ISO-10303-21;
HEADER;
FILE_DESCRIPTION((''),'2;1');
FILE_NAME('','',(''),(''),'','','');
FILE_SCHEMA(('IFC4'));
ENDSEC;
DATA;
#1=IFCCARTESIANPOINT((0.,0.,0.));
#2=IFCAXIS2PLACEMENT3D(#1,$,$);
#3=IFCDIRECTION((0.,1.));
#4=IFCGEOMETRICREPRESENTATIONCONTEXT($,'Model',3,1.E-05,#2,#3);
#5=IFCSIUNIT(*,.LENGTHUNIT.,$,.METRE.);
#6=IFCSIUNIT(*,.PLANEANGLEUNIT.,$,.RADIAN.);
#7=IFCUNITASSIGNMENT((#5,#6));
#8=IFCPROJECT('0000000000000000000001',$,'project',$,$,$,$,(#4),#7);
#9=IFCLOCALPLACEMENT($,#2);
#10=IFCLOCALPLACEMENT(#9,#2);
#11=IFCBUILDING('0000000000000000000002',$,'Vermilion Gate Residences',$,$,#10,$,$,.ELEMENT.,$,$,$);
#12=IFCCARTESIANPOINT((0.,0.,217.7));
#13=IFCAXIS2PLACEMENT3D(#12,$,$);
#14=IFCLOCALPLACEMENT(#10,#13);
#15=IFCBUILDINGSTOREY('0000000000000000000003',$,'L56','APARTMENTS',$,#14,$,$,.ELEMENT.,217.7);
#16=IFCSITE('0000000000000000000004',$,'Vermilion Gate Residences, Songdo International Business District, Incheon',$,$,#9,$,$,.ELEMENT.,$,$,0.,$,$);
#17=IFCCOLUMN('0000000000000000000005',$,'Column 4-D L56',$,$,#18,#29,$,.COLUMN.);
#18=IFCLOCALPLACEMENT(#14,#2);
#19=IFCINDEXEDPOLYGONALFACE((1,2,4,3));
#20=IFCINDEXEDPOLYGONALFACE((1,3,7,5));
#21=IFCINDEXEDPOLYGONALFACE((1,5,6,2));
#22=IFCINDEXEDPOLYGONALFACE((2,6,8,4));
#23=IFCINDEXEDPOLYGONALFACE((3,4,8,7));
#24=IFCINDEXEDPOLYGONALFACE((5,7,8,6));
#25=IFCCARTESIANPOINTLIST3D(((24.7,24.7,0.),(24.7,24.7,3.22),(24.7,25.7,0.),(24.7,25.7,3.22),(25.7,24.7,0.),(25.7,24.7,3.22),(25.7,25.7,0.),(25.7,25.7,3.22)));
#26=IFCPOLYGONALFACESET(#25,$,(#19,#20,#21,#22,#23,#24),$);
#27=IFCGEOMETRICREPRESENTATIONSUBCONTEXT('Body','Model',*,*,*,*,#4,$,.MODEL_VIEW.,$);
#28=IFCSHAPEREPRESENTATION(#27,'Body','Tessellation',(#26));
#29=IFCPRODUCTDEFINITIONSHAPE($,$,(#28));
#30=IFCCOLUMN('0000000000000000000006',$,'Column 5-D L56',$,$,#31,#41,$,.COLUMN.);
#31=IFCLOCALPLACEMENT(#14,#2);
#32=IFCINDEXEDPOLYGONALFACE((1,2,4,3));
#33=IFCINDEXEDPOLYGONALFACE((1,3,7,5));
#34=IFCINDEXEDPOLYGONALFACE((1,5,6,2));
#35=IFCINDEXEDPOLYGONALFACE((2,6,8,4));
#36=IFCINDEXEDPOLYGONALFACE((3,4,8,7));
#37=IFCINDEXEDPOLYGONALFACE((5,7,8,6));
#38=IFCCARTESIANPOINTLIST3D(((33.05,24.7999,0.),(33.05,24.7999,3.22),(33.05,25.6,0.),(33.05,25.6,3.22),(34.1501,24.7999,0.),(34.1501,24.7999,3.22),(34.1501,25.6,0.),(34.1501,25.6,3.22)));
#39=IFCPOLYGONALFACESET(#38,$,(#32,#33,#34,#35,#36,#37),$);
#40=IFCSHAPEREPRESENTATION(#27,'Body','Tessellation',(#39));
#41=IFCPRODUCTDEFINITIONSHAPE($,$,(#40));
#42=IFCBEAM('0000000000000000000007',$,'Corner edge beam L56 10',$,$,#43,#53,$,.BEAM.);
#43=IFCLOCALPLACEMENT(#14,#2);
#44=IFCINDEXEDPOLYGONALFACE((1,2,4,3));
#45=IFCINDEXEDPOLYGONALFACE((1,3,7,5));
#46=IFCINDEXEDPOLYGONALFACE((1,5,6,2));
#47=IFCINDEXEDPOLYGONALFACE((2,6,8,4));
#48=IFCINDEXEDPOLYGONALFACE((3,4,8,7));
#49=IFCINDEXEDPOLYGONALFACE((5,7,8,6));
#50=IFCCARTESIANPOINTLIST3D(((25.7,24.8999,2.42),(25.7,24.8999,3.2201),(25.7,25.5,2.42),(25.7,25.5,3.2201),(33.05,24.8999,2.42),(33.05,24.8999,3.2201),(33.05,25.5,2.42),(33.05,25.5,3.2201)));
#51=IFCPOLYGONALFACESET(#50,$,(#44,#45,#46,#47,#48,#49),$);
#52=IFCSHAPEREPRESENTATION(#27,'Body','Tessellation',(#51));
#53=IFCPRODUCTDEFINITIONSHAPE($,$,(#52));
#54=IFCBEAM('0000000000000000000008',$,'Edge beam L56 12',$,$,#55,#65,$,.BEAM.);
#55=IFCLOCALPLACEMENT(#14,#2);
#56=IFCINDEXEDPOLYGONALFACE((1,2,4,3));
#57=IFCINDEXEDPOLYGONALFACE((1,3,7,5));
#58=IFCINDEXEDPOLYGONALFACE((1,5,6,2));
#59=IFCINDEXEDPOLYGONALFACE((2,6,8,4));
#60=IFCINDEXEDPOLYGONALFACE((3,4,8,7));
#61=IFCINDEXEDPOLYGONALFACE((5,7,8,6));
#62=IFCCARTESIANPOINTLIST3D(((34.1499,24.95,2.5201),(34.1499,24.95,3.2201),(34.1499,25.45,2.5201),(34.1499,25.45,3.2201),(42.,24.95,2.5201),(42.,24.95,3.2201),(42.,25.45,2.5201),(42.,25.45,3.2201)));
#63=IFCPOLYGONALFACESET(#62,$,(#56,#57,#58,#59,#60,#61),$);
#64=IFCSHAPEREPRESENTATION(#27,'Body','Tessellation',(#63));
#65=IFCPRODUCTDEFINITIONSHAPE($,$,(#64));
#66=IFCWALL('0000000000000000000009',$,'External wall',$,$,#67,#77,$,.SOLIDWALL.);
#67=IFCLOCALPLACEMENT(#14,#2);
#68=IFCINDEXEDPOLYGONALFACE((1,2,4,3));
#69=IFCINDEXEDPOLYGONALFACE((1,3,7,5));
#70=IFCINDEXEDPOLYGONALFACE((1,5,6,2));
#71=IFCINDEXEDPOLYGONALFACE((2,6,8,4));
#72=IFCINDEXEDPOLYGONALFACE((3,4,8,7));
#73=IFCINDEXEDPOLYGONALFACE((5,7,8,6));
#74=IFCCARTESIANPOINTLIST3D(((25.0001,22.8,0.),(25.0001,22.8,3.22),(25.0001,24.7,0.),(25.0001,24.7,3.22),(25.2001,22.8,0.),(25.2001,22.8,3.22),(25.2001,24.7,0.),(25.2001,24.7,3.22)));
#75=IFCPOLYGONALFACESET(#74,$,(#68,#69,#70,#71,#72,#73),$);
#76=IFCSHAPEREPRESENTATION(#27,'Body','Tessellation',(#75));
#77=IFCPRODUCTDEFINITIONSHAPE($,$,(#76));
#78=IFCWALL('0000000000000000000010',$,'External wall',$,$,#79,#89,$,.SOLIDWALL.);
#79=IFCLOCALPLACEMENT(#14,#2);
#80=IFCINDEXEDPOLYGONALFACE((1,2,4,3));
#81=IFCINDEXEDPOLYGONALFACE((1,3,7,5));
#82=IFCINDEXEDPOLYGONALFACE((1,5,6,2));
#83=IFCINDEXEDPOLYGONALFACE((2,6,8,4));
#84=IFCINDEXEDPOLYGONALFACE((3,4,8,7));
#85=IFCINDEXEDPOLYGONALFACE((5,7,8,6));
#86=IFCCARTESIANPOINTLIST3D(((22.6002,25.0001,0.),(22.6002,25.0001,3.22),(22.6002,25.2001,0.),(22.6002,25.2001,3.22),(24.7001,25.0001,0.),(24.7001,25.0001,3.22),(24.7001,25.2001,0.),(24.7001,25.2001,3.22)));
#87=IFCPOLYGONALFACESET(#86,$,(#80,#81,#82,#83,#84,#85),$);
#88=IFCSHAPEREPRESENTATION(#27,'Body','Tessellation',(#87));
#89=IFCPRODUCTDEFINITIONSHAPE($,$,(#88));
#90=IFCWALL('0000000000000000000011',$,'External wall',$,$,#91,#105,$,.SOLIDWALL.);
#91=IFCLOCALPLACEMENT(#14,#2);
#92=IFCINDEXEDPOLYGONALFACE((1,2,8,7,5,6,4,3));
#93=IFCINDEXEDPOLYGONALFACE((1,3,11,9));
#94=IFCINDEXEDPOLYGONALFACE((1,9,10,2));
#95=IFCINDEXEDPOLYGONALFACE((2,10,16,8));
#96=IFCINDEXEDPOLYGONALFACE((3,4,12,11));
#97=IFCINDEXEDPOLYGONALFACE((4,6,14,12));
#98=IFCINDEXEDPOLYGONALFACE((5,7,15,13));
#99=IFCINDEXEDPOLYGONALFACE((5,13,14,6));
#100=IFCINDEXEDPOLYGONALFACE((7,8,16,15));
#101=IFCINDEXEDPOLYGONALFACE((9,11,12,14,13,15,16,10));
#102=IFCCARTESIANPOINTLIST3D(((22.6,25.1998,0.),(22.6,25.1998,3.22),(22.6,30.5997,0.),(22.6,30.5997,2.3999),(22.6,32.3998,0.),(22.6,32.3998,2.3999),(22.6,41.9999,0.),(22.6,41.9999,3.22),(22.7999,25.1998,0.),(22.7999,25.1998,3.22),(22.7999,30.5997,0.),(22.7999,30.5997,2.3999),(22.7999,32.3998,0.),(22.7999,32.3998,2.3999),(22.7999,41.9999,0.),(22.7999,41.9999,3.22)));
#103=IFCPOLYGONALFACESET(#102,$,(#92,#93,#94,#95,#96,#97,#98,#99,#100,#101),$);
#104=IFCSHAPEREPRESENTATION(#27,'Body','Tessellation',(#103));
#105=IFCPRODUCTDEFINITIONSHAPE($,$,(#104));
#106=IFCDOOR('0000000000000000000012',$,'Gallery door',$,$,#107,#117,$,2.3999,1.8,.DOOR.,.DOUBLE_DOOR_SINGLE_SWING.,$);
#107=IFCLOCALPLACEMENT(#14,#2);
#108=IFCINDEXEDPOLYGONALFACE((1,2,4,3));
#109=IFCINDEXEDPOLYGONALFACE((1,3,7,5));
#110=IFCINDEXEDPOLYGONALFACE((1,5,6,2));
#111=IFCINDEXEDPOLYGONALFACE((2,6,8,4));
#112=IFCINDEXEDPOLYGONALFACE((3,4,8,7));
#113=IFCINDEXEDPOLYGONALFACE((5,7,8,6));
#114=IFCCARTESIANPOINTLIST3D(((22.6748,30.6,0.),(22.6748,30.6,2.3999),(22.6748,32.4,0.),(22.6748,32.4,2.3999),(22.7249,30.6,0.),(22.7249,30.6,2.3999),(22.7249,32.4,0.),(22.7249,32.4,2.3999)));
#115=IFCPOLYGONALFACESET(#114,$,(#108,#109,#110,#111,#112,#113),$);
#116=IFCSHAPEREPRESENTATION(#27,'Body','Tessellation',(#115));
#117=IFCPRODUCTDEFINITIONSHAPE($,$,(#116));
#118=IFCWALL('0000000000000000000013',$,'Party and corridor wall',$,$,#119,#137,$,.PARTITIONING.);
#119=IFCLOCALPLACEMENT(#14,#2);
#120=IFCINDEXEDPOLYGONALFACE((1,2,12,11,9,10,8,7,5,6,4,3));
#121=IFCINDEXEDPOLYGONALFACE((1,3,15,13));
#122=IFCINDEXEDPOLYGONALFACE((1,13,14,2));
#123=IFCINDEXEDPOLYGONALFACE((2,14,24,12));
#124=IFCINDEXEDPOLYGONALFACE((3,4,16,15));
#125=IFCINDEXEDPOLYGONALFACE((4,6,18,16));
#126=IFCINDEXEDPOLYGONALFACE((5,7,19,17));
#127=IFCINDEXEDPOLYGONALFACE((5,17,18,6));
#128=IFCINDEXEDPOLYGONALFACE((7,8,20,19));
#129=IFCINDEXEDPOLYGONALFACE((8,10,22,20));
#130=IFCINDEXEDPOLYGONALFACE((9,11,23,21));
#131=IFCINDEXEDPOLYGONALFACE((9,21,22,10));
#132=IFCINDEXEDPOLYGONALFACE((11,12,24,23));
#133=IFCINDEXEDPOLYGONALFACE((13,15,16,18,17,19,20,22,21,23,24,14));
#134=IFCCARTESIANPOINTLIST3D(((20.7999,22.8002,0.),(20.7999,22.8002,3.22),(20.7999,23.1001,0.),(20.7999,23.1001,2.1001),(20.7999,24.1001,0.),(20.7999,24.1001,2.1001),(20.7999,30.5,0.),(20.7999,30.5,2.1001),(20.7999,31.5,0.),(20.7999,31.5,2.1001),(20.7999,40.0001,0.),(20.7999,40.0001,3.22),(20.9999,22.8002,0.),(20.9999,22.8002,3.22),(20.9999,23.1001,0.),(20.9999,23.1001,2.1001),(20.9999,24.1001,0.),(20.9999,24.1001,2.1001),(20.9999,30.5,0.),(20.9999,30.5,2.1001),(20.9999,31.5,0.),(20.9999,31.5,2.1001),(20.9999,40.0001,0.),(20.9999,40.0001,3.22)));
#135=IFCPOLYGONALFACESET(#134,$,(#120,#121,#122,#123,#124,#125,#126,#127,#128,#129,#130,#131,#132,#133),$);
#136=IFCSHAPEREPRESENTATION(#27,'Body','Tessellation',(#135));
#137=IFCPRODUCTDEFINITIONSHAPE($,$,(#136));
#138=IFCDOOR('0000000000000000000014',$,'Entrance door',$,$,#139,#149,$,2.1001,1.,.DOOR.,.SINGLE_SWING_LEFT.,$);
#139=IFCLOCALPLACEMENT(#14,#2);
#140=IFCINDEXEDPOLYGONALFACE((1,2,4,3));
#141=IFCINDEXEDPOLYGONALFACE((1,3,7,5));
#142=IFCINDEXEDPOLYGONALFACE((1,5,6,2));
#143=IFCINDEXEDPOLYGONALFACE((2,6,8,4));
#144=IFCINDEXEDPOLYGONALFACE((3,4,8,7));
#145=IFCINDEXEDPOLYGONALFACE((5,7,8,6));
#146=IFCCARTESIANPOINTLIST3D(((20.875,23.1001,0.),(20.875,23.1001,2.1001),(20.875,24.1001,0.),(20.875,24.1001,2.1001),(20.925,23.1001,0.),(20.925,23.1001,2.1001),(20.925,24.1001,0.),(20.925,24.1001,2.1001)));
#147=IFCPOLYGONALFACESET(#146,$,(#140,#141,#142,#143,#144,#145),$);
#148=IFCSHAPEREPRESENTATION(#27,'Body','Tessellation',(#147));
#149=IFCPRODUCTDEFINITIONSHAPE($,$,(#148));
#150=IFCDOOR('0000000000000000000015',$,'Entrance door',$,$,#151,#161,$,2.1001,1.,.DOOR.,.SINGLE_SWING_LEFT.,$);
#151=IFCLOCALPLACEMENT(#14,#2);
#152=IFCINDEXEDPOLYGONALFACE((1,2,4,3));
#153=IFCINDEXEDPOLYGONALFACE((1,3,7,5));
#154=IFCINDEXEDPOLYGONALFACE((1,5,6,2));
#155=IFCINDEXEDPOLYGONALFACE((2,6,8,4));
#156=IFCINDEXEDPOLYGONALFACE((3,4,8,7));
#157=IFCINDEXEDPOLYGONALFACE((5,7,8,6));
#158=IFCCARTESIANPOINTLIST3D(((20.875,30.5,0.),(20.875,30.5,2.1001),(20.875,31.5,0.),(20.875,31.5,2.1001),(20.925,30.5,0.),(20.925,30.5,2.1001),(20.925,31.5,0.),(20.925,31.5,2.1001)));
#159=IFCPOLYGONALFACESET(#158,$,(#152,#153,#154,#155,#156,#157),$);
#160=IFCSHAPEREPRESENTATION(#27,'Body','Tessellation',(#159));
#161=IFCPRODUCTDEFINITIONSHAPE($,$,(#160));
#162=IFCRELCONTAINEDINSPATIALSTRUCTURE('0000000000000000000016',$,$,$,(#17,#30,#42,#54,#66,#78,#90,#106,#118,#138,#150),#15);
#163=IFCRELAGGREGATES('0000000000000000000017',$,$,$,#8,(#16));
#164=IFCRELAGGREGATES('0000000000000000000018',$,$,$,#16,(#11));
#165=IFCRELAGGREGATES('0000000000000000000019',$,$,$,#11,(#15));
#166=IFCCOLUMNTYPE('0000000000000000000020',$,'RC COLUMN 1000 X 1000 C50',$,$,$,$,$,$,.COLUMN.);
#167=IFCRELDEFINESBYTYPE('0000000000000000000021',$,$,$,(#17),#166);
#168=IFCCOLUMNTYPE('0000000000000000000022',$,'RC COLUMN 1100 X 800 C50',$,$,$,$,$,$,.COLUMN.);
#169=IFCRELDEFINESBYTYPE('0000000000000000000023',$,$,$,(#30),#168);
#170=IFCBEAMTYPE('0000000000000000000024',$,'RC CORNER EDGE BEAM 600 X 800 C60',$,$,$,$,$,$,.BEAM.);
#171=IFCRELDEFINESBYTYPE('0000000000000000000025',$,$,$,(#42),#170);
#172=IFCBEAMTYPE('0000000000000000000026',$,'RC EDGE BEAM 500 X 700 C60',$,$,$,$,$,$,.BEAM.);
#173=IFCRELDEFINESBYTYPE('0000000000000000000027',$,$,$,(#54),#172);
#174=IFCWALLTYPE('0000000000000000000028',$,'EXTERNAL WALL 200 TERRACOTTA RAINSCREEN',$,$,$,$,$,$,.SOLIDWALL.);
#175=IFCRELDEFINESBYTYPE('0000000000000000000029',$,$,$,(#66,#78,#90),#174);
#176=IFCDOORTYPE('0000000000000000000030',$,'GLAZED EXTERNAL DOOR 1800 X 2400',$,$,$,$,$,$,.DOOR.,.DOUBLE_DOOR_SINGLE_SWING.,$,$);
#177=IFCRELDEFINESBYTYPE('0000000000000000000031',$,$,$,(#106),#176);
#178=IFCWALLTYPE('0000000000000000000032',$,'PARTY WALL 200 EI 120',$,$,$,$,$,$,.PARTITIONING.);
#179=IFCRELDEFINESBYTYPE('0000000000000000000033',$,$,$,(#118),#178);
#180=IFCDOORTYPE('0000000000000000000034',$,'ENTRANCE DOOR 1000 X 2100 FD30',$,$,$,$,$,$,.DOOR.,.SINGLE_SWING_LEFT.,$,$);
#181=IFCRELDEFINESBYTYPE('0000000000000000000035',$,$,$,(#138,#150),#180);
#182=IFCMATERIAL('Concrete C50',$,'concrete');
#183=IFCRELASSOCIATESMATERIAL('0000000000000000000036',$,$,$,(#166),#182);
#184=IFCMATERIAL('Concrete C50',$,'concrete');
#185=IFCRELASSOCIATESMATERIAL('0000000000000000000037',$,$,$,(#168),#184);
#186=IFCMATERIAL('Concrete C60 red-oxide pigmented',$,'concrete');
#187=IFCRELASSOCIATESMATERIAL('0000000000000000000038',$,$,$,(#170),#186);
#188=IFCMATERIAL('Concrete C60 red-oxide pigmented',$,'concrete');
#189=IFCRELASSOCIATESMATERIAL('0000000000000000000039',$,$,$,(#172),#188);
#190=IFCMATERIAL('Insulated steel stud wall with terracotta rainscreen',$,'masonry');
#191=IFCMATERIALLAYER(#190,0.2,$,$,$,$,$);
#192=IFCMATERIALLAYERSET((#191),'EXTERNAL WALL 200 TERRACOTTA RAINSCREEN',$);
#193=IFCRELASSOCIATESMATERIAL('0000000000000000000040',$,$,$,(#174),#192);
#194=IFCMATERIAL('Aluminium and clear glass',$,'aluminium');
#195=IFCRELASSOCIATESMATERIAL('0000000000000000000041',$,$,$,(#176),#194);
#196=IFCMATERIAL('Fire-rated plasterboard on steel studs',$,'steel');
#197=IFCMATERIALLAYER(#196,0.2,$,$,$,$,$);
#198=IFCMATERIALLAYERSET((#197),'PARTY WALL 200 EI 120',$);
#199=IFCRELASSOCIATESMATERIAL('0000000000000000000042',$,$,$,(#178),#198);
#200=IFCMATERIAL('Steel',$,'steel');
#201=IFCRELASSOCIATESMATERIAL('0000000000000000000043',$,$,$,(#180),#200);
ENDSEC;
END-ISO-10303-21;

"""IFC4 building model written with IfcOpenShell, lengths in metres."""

from ifc_helpers import new_model, si_unit, direction, frame, frame_2d, origin, origin_2d, place, context, subcontext, project, spatial, rectangle, extrude, material, layer, layer_set, material_profile, profile_set, type_object, element, fill, save


model = new_model("IFC4")

# Units and contexts
model_context = context("Model", 3, precision=1e-05, world=origin(), true_north=direction((0.0, 1.0)))
body_context = subcontext(model_context, "Body", "Model", "MODEL_VIEW")
ifc_project = project(units=[si_unit("LENGTHUNIT", "METRE"), si_unit("PLANEANGLEUNIT", "RADIAN")], contexts=[model_context])

# Site, building, storey
site_placement = place(None, origin())
site = spatial("IfcSite", under=ifc_project, at=site_placement, Name="Vermilion Gate Residences, Songdo International Business District, Incheon", CompositionType="ELEMENT", RefElevation=0.0)
building_placement = place(site_placement, origin())
building = spatial("IfcBuilding", under=site, at=building_placement, Name="Vermilion Gate Residences", CompositionType="ELEMENT")
storey_placement = place(building_placement, frame((0.0, 0.0, 217.7)))
storey = spatial("IfcBuildingStorey", under=building, at=storey_placement, Name="L56", Description="APARTMENTS", CompositionType="ELEMENT", Elevation=217.7)

# Columns
ifc_material_1 = material(Name="Concrete C50", Category="concrete")
ifc_material_profile_1 = material_profile(ifc_material_1, rectangle(XDim=1.0, YDim=1.0, at=origin_2d()), Name="RC-1000x1000")
ifc_profile_set_1 = profile_set([ifc_material_profile_1], Name="Concrete C50")
column_type_1 = type_object("IfcColumnType", Name="RC COLUMN 1000 X 1000 C50", PredefinedType="COLUMN", material=ifc_profile_set_1)
column_1_placement = place(storey_placement, frame((25.2, 25.2, 0.0), z_axis=(0.0, 0.0, 1.0), x_axis=(1.0, 0.0, 0.0)))
element("IfcColumn", 1, at=column_1_placement, inside=storey, type_object=column_type_1, Name="Column 4-D L56", PredefinedType="COLUMN", context=body_context, shape_type="SweptSolid", body=[
    extrude(rectangle(XDim=1.0, YDim=1.0, at=origin_2d()), origin(), (0.0, 0.0, 1.0), 3.22),
])
ifc_material_2 = material(Name="Concrete C50", Category="concrete")
ifc_material_profile_2 = material_profile(ifc_material_2, rectangle(XDim=1.1001, YDim=0.8, at=origin_2d()), Name="RC-1100x800")
ifc_profile_set_2 = profile_set([ifc_material_profile_2], Name="Concrete C50")
column_type_2 = type_object("IfcColumnType", Name="RC COLUMN 1100 X 800 C50", PredefinedType="COLUMN", material=ifc_profile_set_2)
column_2_placement = place(storey_placement, frame((33.6001, 25.2, 0.0), z_axis=(0.0, 0.0, 1.0), x_axis=(1.0, 0.0, 0.0)))
element("IfcColumn", 2, at=column_2_placement, inside=storey, type_object=column_type_2, Name="Column 5-D L56", PredefinedType="COLUMN", context=body_context, shape_type="SweptSolid", body=[
    extrude(rectangle(XDim=1.1001, YDim=0.8, at=origin_2d()), origin(), (0.0, 0.0, 1.0), 3.22),
])

# Beams
ifc_material_3 = material(Name="Concrete C60 red-oxide pigmented", Category="concrete")
ifc_material_profile_3 = material_profile(ifc_material_3, rectangle(XDim=0.6001, YDim=0.8, at=origin_2d()), Name="RC-600x800")
ifc_profile_set_3 = profile_set([ifc_material_profile_3], Name="Concrete C60 red-oxide pigmented")
beam_type_1 = type_object("IfcBeamType", Name="RC CORNER EDGE BEAM 600 X 800 C60", PredefinedType="BEAM", material=ifc_profile_set_3)
beam_1_placement = place(storey_placement, frame((25.7, 25.2, 2.8201), z_axis=(1.0, 0.0, 0.0), x_axis=(0.0, 1.0, 0.0)))
element("IfcBeam", 3, at=beam_1_placement, inside=storey, type_object=beam_type_1, Name="Corner edge beam L56 10", PredefinedType="BEAM", context=body_context, shape_type="SweptSolid", body=[
    extrude(rectangle(XDim=0.6001, YDim=0.8, at=origin_2d()), origin(), (0.0, 0.0, 1.0), 7.3501),
])
ifc_material_4 = material(Name="Concrete C60 red-oxide pigmented", Category="concrete")
ifc_material_profile_4 = material_profile(ifc_material_4, rectangle(XDim=0.5, YDim=0.7, at=origin_2d()), Name="RC-500x700")
ifc_profile_set_4 = profile_set([ifc_material_profile_4], Name="Concrete C60 red-oxide pigmented")
beam_type_2 = type_object("IfcBeamType", Name="RC EDGE BEAM 500 X 700 C60", PredefinedType="BEAM", material=ifc_profile_set_4)
beam_2_placement = place(storey_placement, frame((34.1499, 25.2, 2.8701), z_axis=(1.0, 0.0, 0.0), x_axis=(0.0, 1.0, 0.0)))
element("IfcBeam", 4, at=beam_2_placement, inside=storey, type_object=beam_type_2, Name="Edge beam L56 12", PredefinedType="BEAM", context=body_context, shape_type="SweptSolid", body=[
    extrude(rectangle(XDim=0.5, YDim=0.7, at=origin_2d()), origin(), (0.0, 0.0, 1.0), 7.8501),
])

# Walls
ifc_material_5 = material(Name="Insulated steel stud wall with terracotta rainscreen", Category="masonry")
ifc_layer_1 = layer(ifc_material_5, 0.2)
ifc_layer_set_1 = layer_set([ifc_layer_1], Name="EXTERNAL WALL 200 TERRACOTTA RAINSCREEN")
wall_type_1 = type_object("IfcWallType", Name="EXTERNAL WALL 200 TERRACOTTA RAINSCREEN", PredefinedType="SOLIDWALL", material=ifc_layer_set_1)
wall_1_placement = place(storey_placement, frame((25.1001, 22.8, 0.0), z_axis=(0.0, 0.0, 1.0), x_axis=(0.0, 1.0, 0.0)))
element("IfcWall", 5, at=wall_1_placement, inside=storey, type_object=wall_type_1, Name="External wall", PredefinedType="SOLIDWALL", context=body_context, shape_type="SweptSolid", body=[
    extrude(rectangle(XDim=1.8999, YDim=0.2, at=frame_2d((0.95, 0.0))), origin(), (0.0, 0.0, 1.0), 3.22),
])
wall_2_placement = place(storey_placement, frame((24.7, 25.1001, 0.0), z_axis=(0.0, 0.0, 1.0), x_axis=(-1.0, 0.0, 0.0)))
element("IfcWall", 6, at=wall_2_placement, inside=storey, type_object=wall_type_1, Name="External wall", PredefinedType="SOLIDWALL", context=body_context, shape_type="SweptSolid", body=[
    extrude(rectangle(XDim=2.0999, YDim=0.2, at=frame_2d((1.0498, 0.0))), origin(), (0.0, 0.0, 1.0), 3.22),
])

# Wall, opening, door
wall_3_placement = place(storey_placement, frame((22.7, 25.2, 0.0), z_axis=(0.0, 0.0, 1.0), x_axis=(0.0, 1.0, 0.0)))
wall_3 = element("IfcWall", 7, at=wall_3_placement, inside=storey, type_object=wall_type_1, Name="External wall", PredefinedType="SOLIDWALL", context=body_context, shape_type="SweptSolid", body=[
    extrude(rectangle(XDim=16.8, YDim=0.2, at=frame_2d((8.3999, 0.0))), origin(), (0.0, 0.0, 1.0), 3.22),
])
opening_1_placement = place(wall_3_placement, frame((5.3999, 0.0, 0.0)))
opening_1 = element("IfcOpeningElement", 8, at=opening_1_placement, cuts=wall_3, PredefinedType="OPENING", context=body_context, shape_type="SweptSolid", body=[
    extrude(rectangle(XDim=1.8, YDim=2.3999, at=frame_2d((0.8999, 1.2))), frame((0.0, 0.1099, 0.0), z_axis=(0.0, -1.0, 0.0), x_axis=(1.0, 0.0, 0.0)), (0.0, 0.0, 1.0), 0.22),
])
ifc_material_6 = material(Name="Aluminium and clear glass", Category="aluminium")
door_type_1 = type_object("IfcDoorType", Name="GLAZED EXTERNAL DOOR 1800 X 2400", OperationType="DOUBLE_DOOR_SINGLE_SWING", PredefinedType="DOOR", material=ifc_material_6)
door_1_placement = place(opening_1_placement, frame((1.8, 0.0, 0.0), z_axis=(0.0, 0.0, 1.0), x_axis=(-1.0, 0.0, 0.0)))
door_1 = element("IfcDoor", 9, at=door_1_placement, inside=storey, type_object=door_type_1, Name="Gallery door", OperationType="DOUBLE_DOOR_SINGLE_SWING", OverallHeight=2.3999, OverallWidth=1.8, PredefinedType="DOOR", context=body_context, shape_type="SweptSolid", body=[
    extrude(rectangle(XDim=1.8, YDim=2.3999, at=frame_2d((0.8999, 1.2))), frame((0.0, 0.0249, 0.0), z_axis=(0.0, -1.0, 0.0), x_axis=(1.0, 0.0, 0.0)), (0.0, 0.0, 1.0), 0.05),
])
fill(opening_1, door_1)

# Wall, openings, doors
ifc_material_7 = material(Name="Fire-rated plasterboard on steel studs", Category="steel")
ifc_layer_2 = layer(ifc_material_7, 0.2)
ifc_layer_set_2 = layer_set([ifc_layer_2], Name="PARTY WALL 200 EI 120")
wall_type_2 = type_object("IfcWallType", Name="PARTY WALL 200 EI 120", PredefinedType="PARTITIONING", material=ifc_layer_set_2)
wall_4_placement = place(storey_placement, frame((20.8999, 22.8, 0.0), z_axis=(0.0, 0.0, 1.0), x_axis=(0.0, 1.0, 0.0)))
wall_4 = element("IfcWall", 10, at=wall_4_placement, inside=storey, type_object=wall_type_2, Name="Party and corridor wall", PredefinedType="PARTITIONING", context=body_context, shape_type="SweptSolid", body=[
    extrude(rectangle(XDim=17.2, YDim=0.2, at=frame_2d((8.6001, 0.0))), origin(), (0.0, 0.0, 1.0), 3.22),
])
opening_2_placement = place(wall_4_placement, frame((0.3, 0.0, 0.0)))
opening_2 = element("IfcOpeningElement", 11, at=opening_2_placement, cuts=wall_4, PredefinedType="OPENING", context=body_context, shape_type="SweptSolid", body=[
    extrude(rectangle(XDim=1.0, YDim=2.1001, at=frame_2d((0.5, 1.05))), frame((0.0, 0.1099, 0.0), z_axis=(0.0, -1.0, 0.0), x_axis=(1.0, 0.0, 0.0)), (0.0, 0.0, 1.0), 0.22),
])
opening_3_placement = place(wall_4_placement, frame((7.7, 0.0, 0.0)))
opening_3 = element("IfcOpeningElement", 12, at=opening_3_placement, cuts=wall_4, PredefinedType="OPENING", context=body_context, shape_type="SweptSolid", body=[
    extrude(rectangle(XDim=1.0, YDim=2.1001, at=frame_2d((0.5, 1.05))), frame((0.0, 0.1099, 0.0), z_axis=(0.0, -1.0, 0.0), x_axis=(1.0, 0.0, 0.0)), (0.0, 0.0, 1.0), 0.22),
])
ifc_material_8 = material(Name="Steel", Category="steel")
door_type_2 = type_object("IfcDoorType", Name="ENTRANCE DOOR 1000 X 2100 FD30", OperationType="SINGLE_SWING_LEFT", PredefinedType="DOOR", material=ifc_material_8)
door_2_placement = place(opening_2_placement, origin())
door_2 = element("IfcDoor", 13, at=door_2_placement, inside=storey, type_object=door_type_2, Name="Entrance door", OperationType="SINGLE_SWING_LEFT", OverallHeight=2.1001, OverallWidth=1.0, PredefinedType="DOOR", context=body_context, shape_type="SweptSolid", body=[
    extrude(rectangle(XDim=1.0, YDim=2.1001, at=frame_2d((0.5, 1.05))), frame((0.0, 0.0249, 0.0), z_axis=(0.0, -1.0, 0.0), x_axis=(1.0, 0.0, 0.0)), (0.0, 0.0, 1.0), 0.05),
])
fill(opening_2, door_2)
door_3_placement = place(opening_3_placement, origin())
door_3 = element("IfcDoor", 14, at=door_3_placement, inside=storey, type_object=door_type_2, Name="Entrance door", OperationType="SINGLE_SWING_LEFT", OverallHeight=2.1001, OverallWidth=1.0, PredefinedType="DOOR", context=body_context, shape_type="SweptSolid", body=[
    extrude(rectangle(XDim=1.0, YDim=2.1001, at=frame_2d((0.5, 1.05))), frame((0.0, 0.0249, 0.0), z_axis=(0.0, -1.0, 0.0), x_axis=(1.0, 0.0, 0.0)), (0.0, 0.0, 1.0), 0.05),
])
fill(opening_3, door_3)

save(model, "model.ifc")
